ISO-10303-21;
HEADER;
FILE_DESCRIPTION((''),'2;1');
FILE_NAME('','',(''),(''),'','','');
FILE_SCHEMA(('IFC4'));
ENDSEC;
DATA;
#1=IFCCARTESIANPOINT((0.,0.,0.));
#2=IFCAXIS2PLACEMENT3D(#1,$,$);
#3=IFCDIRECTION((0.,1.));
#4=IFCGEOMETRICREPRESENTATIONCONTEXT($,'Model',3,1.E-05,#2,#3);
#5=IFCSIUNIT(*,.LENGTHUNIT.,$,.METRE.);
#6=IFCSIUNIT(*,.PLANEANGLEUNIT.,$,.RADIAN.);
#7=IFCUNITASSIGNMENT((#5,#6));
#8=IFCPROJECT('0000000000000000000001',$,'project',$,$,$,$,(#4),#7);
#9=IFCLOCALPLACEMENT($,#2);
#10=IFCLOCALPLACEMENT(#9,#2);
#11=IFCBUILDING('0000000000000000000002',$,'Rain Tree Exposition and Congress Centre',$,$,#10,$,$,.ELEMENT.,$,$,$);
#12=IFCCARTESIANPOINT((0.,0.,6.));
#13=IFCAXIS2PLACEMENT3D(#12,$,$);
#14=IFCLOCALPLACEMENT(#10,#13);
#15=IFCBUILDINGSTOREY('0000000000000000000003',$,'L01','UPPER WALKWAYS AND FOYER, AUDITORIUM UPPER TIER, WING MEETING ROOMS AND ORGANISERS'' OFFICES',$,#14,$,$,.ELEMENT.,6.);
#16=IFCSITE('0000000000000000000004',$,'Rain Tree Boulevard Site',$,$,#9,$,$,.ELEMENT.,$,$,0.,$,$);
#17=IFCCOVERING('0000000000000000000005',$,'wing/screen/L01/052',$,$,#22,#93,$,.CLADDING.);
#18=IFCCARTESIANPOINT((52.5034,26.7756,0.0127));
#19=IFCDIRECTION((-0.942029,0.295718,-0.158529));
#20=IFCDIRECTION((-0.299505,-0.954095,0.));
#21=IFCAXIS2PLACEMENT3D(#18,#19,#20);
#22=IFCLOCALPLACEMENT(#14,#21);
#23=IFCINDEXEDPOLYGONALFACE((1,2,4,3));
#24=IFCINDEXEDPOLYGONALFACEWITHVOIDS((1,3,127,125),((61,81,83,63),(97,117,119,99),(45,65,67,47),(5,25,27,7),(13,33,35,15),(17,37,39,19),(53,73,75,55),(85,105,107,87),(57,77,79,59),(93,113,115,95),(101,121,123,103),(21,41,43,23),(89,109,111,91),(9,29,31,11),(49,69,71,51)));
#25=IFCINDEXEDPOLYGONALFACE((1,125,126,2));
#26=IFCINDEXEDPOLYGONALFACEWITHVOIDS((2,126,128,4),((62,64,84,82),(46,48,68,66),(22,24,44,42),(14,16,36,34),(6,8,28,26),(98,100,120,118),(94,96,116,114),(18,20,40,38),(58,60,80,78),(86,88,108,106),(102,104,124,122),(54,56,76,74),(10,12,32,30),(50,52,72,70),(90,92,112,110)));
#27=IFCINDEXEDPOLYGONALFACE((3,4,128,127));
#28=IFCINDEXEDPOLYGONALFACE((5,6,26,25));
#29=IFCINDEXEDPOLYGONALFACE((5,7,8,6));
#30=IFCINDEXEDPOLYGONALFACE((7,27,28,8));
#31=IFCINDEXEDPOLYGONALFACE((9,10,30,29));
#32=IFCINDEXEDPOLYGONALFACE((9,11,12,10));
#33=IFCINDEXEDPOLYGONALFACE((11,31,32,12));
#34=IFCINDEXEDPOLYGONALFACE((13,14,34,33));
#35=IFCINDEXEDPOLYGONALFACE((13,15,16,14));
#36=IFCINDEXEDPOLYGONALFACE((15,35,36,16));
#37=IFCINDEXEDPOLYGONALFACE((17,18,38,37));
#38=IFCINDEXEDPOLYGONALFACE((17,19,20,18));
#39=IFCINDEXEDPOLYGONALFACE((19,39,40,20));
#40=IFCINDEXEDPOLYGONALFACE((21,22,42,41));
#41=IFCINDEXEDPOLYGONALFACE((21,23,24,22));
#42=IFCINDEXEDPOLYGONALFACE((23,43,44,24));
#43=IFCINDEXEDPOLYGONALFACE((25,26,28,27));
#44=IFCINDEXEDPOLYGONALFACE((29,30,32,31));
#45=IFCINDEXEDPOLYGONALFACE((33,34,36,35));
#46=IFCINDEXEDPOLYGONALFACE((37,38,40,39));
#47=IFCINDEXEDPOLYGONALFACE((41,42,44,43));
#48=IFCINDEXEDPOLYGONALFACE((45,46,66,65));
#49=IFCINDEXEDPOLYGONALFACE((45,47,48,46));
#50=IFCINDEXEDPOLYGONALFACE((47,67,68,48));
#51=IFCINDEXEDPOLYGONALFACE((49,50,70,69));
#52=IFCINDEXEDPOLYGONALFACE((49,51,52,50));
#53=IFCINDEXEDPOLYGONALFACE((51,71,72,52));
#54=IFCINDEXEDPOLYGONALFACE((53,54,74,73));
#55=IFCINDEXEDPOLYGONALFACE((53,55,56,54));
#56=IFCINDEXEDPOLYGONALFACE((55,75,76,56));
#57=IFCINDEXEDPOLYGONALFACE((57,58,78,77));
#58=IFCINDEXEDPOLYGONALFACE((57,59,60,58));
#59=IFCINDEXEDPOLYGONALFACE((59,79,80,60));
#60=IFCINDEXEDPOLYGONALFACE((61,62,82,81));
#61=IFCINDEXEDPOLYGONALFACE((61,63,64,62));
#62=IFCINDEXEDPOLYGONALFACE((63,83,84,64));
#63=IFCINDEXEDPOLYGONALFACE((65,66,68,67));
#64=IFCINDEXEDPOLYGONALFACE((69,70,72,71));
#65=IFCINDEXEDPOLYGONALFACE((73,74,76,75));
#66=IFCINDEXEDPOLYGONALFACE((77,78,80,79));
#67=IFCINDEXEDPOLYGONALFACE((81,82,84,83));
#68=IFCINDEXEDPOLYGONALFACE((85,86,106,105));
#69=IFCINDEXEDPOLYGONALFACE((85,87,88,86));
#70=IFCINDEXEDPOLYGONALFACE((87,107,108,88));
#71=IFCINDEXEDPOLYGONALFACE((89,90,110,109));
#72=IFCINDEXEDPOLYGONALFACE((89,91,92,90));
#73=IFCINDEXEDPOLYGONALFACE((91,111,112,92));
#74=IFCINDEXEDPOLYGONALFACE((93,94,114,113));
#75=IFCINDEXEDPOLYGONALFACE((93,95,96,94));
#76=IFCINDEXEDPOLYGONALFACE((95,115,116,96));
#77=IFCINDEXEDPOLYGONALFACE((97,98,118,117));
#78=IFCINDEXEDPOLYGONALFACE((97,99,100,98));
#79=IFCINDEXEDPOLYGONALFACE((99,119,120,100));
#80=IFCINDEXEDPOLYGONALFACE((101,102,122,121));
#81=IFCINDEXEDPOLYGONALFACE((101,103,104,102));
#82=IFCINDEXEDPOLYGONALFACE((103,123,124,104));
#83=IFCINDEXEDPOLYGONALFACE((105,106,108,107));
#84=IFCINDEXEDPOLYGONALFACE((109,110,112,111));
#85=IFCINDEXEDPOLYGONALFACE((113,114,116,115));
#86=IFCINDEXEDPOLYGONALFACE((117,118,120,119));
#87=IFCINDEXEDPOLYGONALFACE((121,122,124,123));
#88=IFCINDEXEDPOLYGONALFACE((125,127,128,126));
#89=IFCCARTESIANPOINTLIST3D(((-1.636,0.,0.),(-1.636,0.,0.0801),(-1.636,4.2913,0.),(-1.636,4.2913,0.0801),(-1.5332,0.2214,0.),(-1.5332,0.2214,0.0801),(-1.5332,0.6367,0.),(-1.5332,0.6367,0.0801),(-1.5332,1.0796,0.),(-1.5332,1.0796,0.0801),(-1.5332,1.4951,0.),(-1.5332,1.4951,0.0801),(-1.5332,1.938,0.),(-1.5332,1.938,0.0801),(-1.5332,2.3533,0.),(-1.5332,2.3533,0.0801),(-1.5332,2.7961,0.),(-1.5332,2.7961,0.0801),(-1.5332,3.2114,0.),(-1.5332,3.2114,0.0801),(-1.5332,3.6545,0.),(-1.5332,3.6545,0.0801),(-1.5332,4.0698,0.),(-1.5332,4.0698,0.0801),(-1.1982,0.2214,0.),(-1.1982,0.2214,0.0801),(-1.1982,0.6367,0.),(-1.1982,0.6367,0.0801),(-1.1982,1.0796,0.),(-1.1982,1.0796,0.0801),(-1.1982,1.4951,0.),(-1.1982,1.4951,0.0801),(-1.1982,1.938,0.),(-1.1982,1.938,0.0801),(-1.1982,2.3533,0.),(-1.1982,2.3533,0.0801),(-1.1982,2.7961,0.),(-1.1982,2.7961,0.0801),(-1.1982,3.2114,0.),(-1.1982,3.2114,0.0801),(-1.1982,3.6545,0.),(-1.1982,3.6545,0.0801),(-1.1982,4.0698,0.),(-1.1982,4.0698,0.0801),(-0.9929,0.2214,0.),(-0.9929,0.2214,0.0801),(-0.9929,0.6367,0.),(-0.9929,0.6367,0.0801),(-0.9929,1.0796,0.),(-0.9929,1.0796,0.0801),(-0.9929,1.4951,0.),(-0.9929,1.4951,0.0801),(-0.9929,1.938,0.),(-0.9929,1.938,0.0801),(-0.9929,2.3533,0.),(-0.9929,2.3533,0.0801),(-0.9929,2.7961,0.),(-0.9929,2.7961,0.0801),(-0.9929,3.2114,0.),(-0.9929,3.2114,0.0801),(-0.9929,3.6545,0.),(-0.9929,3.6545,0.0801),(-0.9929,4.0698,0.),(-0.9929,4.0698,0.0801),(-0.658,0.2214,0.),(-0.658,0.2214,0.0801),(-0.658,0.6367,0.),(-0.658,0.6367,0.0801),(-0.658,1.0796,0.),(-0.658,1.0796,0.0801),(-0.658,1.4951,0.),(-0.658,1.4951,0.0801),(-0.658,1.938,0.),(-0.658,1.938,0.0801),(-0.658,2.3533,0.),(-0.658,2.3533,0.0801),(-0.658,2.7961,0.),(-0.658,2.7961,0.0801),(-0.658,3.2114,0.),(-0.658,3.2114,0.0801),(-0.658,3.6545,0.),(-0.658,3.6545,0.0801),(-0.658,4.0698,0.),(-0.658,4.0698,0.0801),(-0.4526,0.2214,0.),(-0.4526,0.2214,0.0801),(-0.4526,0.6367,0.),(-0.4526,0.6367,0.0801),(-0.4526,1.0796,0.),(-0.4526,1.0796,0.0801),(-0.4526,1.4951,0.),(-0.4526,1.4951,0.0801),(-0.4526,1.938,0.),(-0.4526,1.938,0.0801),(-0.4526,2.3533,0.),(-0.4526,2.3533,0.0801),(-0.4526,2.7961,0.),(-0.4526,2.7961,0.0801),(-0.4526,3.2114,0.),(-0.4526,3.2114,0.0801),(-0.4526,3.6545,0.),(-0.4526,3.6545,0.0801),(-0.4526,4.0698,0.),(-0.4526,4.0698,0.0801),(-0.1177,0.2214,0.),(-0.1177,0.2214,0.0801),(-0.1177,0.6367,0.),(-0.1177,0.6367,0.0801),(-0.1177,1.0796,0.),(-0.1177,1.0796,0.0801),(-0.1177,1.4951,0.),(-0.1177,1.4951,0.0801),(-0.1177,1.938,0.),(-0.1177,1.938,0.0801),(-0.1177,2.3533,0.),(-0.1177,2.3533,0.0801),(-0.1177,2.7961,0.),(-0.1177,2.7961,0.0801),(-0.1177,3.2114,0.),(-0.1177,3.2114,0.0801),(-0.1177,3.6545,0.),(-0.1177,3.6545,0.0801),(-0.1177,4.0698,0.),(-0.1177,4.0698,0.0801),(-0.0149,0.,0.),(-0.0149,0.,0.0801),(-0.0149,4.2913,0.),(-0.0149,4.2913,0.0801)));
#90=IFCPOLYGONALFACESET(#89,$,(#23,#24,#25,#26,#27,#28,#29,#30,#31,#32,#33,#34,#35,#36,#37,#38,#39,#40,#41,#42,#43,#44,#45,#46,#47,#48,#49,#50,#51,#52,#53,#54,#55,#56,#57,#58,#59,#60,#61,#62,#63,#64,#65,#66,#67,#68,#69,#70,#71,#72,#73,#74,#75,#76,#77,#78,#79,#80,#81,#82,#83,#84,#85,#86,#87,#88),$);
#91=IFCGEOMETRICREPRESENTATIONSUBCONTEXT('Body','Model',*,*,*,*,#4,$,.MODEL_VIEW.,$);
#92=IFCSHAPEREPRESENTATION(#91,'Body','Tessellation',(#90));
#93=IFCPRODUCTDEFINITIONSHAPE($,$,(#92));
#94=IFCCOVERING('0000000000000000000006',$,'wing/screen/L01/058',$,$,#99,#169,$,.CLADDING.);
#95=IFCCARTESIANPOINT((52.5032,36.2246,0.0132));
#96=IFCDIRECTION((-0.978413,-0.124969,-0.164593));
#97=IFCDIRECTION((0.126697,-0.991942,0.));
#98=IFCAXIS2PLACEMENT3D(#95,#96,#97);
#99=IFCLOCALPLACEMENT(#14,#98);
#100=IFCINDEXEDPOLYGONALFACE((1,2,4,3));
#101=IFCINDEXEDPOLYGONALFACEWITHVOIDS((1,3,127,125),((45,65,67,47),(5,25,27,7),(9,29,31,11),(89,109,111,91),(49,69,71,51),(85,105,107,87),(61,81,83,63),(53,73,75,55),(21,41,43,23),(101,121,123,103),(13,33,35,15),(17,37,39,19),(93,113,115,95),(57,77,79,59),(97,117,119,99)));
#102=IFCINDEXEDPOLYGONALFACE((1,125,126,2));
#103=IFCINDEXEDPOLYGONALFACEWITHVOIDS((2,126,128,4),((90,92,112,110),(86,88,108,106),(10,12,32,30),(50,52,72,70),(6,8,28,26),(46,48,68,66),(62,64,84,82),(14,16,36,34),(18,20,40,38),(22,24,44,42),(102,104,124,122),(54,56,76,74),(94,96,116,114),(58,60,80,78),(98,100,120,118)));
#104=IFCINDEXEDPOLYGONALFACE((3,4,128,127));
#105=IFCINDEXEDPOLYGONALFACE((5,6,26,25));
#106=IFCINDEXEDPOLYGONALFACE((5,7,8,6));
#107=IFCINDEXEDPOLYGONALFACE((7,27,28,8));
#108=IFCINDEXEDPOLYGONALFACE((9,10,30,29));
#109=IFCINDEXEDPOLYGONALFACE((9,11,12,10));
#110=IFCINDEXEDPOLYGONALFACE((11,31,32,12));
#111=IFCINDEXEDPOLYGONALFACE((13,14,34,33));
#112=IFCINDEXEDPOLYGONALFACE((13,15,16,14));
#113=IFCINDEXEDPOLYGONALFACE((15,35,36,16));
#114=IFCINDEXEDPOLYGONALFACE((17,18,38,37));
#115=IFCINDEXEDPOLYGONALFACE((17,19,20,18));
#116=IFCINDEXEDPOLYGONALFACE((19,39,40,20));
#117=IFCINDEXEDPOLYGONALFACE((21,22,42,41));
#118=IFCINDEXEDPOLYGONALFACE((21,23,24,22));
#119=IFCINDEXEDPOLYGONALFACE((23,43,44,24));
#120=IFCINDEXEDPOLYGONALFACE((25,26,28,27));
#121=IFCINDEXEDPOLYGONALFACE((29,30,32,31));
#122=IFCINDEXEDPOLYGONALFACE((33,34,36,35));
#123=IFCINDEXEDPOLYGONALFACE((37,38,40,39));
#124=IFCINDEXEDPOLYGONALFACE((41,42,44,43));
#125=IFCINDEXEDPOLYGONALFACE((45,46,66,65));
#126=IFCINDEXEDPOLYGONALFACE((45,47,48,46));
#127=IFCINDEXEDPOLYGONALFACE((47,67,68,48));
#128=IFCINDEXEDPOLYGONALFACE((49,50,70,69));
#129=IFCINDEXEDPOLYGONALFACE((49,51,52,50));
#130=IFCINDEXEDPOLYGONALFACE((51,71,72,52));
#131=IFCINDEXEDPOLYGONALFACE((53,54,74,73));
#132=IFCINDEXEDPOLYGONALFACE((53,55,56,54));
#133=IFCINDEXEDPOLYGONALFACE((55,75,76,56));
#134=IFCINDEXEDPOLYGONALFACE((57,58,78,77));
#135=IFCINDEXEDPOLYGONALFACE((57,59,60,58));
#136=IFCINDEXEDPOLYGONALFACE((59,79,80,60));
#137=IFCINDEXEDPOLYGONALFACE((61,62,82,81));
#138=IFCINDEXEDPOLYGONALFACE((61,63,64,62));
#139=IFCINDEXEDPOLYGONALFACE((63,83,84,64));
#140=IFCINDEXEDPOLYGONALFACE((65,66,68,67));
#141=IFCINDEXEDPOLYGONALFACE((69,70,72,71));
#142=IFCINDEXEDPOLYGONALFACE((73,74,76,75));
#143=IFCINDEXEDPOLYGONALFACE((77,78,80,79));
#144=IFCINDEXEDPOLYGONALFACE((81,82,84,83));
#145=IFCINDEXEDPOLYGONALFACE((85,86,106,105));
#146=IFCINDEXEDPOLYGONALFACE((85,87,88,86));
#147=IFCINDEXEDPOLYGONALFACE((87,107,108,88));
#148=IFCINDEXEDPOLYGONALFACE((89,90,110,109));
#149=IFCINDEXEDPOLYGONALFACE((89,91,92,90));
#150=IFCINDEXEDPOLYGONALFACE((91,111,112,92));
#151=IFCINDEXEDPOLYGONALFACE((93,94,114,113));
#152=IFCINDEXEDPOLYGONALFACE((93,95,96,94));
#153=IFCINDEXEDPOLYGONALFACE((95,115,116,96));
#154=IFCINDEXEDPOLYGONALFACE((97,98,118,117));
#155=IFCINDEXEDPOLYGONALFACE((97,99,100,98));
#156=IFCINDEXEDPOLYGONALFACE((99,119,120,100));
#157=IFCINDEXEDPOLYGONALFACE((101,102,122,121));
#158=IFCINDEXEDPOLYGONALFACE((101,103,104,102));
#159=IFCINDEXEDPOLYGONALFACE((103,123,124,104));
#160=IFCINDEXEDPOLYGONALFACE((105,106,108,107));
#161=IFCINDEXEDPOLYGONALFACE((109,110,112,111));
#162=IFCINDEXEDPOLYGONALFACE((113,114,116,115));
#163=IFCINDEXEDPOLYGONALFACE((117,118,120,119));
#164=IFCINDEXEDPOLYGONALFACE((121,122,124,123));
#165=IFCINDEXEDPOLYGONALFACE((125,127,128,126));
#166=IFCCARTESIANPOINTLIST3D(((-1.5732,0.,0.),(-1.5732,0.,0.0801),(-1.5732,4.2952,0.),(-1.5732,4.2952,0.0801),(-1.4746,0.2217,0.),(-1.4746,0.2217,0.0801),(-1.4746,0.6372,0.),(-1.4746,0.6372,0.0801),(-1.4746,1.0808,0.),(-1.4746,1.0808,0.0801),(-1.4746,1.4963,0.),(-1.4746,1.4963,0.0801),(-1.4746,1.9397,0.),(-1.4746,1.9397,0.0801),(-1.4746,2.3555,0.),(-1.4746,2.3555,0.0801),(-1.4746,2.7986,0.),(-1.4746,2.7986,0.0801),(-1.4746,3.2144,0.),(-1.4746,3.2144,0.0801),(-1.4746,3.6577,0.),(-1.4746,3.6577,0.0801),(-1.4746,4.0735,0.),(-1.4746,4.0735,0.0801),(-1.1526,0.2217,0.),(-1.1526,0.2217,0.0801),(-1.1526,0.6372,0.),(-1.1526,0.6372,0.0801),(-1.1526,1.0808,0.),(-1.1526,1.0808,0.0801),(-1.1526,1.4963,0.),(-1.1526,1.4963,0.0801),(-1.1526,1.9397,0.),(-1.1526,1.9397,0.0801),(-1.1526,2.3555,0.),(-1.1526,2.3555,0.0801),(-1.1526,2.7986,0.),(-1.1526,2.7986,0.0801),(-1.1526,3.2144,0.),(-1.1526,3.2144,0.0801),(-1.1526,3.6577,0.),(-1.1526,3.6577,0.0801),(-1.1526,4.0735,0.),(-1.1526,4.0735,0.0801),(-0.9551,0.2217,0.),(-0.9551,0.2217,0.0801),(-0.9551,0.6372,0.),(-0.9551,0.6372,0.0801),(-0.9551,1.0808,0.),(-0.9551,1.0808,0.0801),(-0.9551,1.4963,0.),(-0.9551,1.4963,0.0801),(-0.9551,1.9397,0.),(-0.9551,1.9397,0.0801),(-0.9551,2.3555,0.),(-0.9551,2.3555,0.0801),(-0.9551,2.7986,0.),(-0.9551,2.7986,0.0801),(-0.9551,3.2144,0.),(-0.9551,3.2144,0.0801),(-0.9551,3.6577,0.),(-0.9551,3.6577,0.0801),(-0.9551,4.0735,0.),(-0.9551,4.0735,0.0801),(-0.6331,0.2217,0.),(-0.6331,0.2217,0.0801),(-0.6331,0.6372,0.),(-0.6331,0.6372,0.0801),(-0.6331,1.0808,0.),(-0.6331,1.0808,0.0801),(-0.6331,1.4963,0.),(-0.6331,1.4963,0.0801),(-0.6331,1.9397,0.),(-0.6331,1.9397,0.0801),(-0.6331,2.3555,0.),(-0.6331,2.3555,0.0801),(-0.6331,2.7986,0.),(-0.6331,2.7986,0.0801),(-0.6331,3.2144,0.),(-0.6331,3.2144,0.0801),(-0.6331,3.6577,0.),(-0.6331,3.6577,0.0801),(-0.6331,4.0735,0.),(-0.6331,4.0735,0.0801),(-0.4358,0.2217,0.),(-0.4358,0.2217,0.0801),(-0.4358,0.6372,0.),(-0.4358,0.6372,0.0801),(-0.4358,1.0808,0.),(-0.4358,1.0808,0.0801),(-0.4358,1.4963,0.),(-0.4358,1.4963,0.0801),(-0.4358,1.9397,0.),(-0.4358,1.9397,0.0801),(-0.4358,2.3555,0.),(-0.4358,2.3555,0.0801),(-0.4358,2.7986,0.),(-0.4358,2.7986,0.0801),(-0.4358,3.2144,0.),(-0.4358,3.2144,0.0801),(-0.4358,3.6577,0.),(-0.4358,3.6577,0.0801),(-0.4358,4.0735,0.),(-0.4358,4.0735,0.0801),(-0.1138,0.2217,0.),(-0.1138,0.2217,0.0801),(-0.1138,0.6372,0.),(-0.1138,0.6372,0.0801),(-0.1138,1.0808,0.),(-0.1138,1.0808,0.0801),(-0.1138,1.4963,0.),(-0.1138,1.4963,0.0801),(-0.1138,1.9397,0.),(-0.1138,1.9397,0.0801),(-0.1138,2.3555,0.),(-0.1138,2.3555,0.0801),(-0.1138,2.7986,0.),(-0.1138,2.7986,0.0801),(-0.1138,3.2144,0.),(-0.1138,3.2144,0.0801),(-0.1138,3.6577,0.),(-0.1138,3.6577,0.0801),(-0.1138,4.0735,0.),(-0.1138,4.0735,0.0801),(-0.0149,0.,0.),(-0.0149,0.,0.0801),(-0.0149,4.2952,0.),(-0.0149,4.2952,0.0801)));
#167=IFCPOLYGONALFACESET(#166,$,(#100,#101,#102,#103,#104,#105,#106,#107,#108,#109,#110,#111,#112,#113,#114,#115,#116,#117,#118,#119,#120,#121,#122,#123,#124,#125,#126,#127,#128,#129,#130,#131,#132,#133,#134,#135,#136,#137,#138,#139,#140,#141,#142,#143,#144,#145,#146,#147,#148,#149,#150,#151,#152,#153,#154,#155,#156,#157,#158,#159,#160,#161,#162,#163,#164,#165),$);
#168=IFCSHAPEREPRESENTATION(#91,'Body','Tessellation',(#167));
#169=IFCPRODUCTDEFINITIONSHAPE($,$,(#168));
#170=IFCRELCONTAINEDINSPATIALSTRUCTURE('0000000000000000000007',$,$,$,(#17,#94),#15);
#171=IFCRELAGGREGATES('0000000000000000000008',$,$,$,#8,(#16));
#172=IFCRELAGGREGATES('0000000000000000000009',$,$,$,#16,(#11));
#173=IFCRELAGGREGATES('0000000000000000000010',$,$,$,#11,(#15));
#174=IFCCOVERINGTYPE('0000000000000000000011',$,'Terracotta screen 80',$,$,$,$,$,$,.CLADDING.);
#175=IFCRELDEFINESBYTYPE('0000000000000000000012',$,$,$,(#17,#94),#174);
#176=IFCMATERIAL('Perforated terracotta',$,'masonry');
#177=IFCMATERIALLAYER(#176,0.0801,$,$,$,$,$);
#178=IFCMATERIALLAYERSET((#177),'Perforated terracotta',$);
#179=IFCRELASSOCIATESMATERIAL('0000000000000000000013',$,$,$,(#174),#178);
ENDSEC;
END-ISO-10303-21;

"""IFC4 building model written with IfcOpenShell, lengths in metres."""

from ifc_helpers import new_model, si_unit, direction, frame, origin, place, context, subcontext, project, spatial, polyline, outline, extrude, material, layer, layer_set, type_object, element, save


model = new_model("IFC4")

# Units and contexts
model_context = context("Model", 3, precision=1e-05, world=origin(), true_north=direction((0.0, 1.0)))
body_context = subcontext(model_context, "Body", "Model", "MODEL_VIEW")
ifc_project = project(units=[si_unit("LENGTHUNIT", "METRE"), si_unit("PLANEANGLEUNIT", "RADIAN")], contexts=[model_context])

# Site, building, storey
site_placement = place(None, origin())
site = spatial("IfcSite", under=ifc_project, at=site_placement, Name="Rain Tree Boulevard Site", CompositionType="ELEMENT", RefElevation=0.0)
building_placement = place(site_placement, origin())
building = spatial("IfcBuilding", under=site, at=building_placement, Name="Rain Tree Exposition and Congress Centre", CompositionType="ELEMENT")
storey_placement = place(building_placement, frame((0.0, 0.0, 6.0)))
storey = spatial("IfcBuildingStorey", under=building, at=storey_placement, Name="L01", Description="UPPER WALKWAYS AND FOYER, AUDITORIUM UPPER TIER, WING MEETING ROOMS AND ORGANISERS' OFFICES", CompositionType="ELEMENT", Elevation=6.0)

# Coverings
ifc_material_1 = material(Name="Perforated terracotta", Category="masonry")
ifc_layer = layer(ifc_material_1, 0.0801)
ifc_layer_set = layer_set([ifc_layer], Name="Perforated terracotta")
covering_type = type_object("IfcCoveringType", Name="Terracotta screen 80", PredefinedType="CLADDING", material=ifc_layer_set)
covering_1_placement = place(storey_placement, frame((52.5034, 26.7756, 0.0127), z_axis=(-0.942029, 0.295718, -0.158529), x_axis=(-0.299505, -0.954095, 0.0)))
element("IfcCovering", 1, at=covering_1_placement, inside=storey, type_object=covering_type, Name="wing/screen/L01/052", PredefinedType="CLADDING", context=body_context, shape_type="SweptSolid", body=[
    extrude(outline(polyline([(-1.636, 0.0), (-1.636, 4.2913), (-0.0149, 4.2913), (-0.0149, 0.0), (-1.636, 0.0)]), holes=[polyline([(-0.1177, 0.2214), (-0.1177, 0.6367), (-0.4526, 0.6367), (-0.4526, 0.2214), (-0.1177, 0.2214)]), polyline([(-0.1177, 1.0796), (-0.1177, 1.4951), (-0.4526, 1.4951), (-0.4526, 1.0796), (-0.1177, 1.0796)]), polyline([(-0.1177, 1.938), (-0.1177, 2.3533), (-0.4526, 2.3533), (-0.4526, 1.938), (-0.1177, 1.938)]), polyline([(-0.1177, 2.7961), (-0.1177, 3.2114), (-0.4526, 3.2114), (-0.4526, 2.7961), (-0.1177, 2.7961)]), polyline([(-0.1177, 3.6545), (-0.1177, 4.0698), (-0.4526, 4.0698), (-0.4526, 3.6545), (-0.1177, 3.6545)]), polyline([(-0.658, 0.2214), (-0.658, 0.6367), (-0.9929, 0.6367), (-0.9929, 0.2214), (-0.658, 0.2214)]), polyline([(-0.658, 1.0796), (-0.658, 1.4951), (-0.9929, 1.4951), (-0.9929, 1.0796), (-0.658, 1.0796)]), polyline([(-0.658, 1.938), (-0.658, 2.3533), (-0.9929, 2.3533), (-0.9929, 1.938), (-0.658, 1.938)]), polyline([(-0.658, 2.7961), (-0.658, 3.2114), (-0.9929, 3.2114), (-0.9929, 2.7961), (-0.658, 2.7961)]), polyline([(-0.658, 3.6545), (-0.658, 4.0698), (-0.9929, 4.0698), (-0.9929, 3.6545), (-0.658, 3.6545)]), polyline([(-1.1982, 0.2214), (-1.1982, 0.6367), (-1.5332, 0.6367), (-1.5332, 0.2214), (-1.1982, 0.2214)]), polyline([(-1.1982, 1.0796), (-1.1982, 1.4951), (-1.5332, 1.4951), (-1.5332, 1.0796), (-1.1982, 1.0796)]), polyline([(-1.1982, 1.938), (-1.1982, 2.3533), (-1.5332, 2.3533), (-1.5332, 1.938), (-1.1982, 1.938)]), polyline([(-1.1982, 2.7961), (-1.1982, 3.2114), (-1.5332, 3.2114), (-1.5332, 2.7961), (-1.1982, 2.7961)]), polyline([(-1.1982, 3.6545), (-1.1982, 4.0698), (-1.5332, 4.0698), (-1.5332, 3.6545), (-1.1982, 3.6545)])]), origin(), (0.0, 0.0, 1.0), 0.0801),
])
covering_2_placement = place(storey_placement, frame((52.5032, 36.2246, 0.0132), z_axis=(-0.978413, -0.124969, -0.164593), x_axis=(0.126697, -0.991942, 0.0)))
element("IfcCovering", 2, at=covering_2_placement, inside=storey, type_object=covering_type, Name="wing/screen/L01/058", PredefinedType="CLADDING", context=body_context, shape_type="SweptSolid", body=[
    extrude(outline(polyline([(-1.5732, 0.0), (-1.5732, 4.2952), (-0.0149, 4.2952), (-0.0149, 0.0), (-1.5732, 0.0)]), holes=[polyline([(-0.1138, 0.2217), (-0.1138, 0.6372), (-0.4358, 0.6372), (-0.4358, 0.2217), (-0.1138, 0.2217)]), polyline([(-0.1138, 1.0808), (-0.1138, 1.4963), (-0.4358, 1.4963), (-0.4358, 1.0808), (-0.1138, 1.0808)]), polyline([(-0.1138, 1.9397), (-0.1138, 2.3555), (-0.4358, 2.3555), (-0.4358, 1.9397), (-0.1138, 1.9397)]), polyline([(-0.1138, 2.7986), (-0.1138, 3.2144), (-0.4358, 3.2144), (-0.4358, 2.7986), (-0.1138, 2.7986)]), polyline([(-0.1138, 3.6577), (-0.1138, 4.0735), (-0.4358, 4.0735), (-0.4358, 3.6577), (-0.1138, 3.6577)]), polyline([(-0.6331, 0.2217), (-0.6331, 0.6372), (-0.9551, 0.6372), (-0.9551, 0.2217), (-0.6331, 0.2217)]), polyline([(-0.6331, 1.0808), (-0.6331, 1.4963), (-0.9551, 1.4963), (-0.9551, 1.0808), (-0.6331, 1.0808)]), polyline([(-0.6331, 1.9397), (-0.6331, 2.3555), (-0.9551, 2.3555), (-0.9551, 1.9397), (-0.6331, 1.9397)]), polyline([(-0.6331, 2.7986), (-0.6331, 3.2144), (-0.9551, 3.2144), (-0.9551, 2.7986), (-0.6331, 2.7986)]), polyline([(-0.6331, 3.6577), (-0.6331, 4.0735), (-0.9551, 4.0735), (-0.9551, 3.6577), (-0.6331, 3.6577)]), polyline([(-1.1526, 0.2217), (-1.1526, 0.6372), (-1.4746, 0.6372), (-1.4746, 0.2217), (-1.1526, 0.2217)]), polyline([(-1.1526, 1.0808), (-1.1526, 1.4963), (-1.4746, 1.4963), (-1.4746, 1.0808), (-1.1526, 1.0808)]), polyline([(-1.1526, 1.9397), (-1.1526, 2.3555), (-1.4746, 2.3555), (-1.4746, 1.9397), (-1.1526, 1.9397)]), polyline([(-1.1526, 2.7986), (-1.1526, 3.2144), (-1.4746, 3.2144), (-1.4746, 2.7986), (-1.1526, 2.7986)]), polyline([(-1.1526, 3.6577), (-1.1526, 4.0735), (-1.4746, 4.0735), (-1.4746, 3.6577), (-1.1526, 3.6577)])]), origin(), (0.0, 0.0, 1.0), 0.0801),
])

save(model, "model.ifc")
